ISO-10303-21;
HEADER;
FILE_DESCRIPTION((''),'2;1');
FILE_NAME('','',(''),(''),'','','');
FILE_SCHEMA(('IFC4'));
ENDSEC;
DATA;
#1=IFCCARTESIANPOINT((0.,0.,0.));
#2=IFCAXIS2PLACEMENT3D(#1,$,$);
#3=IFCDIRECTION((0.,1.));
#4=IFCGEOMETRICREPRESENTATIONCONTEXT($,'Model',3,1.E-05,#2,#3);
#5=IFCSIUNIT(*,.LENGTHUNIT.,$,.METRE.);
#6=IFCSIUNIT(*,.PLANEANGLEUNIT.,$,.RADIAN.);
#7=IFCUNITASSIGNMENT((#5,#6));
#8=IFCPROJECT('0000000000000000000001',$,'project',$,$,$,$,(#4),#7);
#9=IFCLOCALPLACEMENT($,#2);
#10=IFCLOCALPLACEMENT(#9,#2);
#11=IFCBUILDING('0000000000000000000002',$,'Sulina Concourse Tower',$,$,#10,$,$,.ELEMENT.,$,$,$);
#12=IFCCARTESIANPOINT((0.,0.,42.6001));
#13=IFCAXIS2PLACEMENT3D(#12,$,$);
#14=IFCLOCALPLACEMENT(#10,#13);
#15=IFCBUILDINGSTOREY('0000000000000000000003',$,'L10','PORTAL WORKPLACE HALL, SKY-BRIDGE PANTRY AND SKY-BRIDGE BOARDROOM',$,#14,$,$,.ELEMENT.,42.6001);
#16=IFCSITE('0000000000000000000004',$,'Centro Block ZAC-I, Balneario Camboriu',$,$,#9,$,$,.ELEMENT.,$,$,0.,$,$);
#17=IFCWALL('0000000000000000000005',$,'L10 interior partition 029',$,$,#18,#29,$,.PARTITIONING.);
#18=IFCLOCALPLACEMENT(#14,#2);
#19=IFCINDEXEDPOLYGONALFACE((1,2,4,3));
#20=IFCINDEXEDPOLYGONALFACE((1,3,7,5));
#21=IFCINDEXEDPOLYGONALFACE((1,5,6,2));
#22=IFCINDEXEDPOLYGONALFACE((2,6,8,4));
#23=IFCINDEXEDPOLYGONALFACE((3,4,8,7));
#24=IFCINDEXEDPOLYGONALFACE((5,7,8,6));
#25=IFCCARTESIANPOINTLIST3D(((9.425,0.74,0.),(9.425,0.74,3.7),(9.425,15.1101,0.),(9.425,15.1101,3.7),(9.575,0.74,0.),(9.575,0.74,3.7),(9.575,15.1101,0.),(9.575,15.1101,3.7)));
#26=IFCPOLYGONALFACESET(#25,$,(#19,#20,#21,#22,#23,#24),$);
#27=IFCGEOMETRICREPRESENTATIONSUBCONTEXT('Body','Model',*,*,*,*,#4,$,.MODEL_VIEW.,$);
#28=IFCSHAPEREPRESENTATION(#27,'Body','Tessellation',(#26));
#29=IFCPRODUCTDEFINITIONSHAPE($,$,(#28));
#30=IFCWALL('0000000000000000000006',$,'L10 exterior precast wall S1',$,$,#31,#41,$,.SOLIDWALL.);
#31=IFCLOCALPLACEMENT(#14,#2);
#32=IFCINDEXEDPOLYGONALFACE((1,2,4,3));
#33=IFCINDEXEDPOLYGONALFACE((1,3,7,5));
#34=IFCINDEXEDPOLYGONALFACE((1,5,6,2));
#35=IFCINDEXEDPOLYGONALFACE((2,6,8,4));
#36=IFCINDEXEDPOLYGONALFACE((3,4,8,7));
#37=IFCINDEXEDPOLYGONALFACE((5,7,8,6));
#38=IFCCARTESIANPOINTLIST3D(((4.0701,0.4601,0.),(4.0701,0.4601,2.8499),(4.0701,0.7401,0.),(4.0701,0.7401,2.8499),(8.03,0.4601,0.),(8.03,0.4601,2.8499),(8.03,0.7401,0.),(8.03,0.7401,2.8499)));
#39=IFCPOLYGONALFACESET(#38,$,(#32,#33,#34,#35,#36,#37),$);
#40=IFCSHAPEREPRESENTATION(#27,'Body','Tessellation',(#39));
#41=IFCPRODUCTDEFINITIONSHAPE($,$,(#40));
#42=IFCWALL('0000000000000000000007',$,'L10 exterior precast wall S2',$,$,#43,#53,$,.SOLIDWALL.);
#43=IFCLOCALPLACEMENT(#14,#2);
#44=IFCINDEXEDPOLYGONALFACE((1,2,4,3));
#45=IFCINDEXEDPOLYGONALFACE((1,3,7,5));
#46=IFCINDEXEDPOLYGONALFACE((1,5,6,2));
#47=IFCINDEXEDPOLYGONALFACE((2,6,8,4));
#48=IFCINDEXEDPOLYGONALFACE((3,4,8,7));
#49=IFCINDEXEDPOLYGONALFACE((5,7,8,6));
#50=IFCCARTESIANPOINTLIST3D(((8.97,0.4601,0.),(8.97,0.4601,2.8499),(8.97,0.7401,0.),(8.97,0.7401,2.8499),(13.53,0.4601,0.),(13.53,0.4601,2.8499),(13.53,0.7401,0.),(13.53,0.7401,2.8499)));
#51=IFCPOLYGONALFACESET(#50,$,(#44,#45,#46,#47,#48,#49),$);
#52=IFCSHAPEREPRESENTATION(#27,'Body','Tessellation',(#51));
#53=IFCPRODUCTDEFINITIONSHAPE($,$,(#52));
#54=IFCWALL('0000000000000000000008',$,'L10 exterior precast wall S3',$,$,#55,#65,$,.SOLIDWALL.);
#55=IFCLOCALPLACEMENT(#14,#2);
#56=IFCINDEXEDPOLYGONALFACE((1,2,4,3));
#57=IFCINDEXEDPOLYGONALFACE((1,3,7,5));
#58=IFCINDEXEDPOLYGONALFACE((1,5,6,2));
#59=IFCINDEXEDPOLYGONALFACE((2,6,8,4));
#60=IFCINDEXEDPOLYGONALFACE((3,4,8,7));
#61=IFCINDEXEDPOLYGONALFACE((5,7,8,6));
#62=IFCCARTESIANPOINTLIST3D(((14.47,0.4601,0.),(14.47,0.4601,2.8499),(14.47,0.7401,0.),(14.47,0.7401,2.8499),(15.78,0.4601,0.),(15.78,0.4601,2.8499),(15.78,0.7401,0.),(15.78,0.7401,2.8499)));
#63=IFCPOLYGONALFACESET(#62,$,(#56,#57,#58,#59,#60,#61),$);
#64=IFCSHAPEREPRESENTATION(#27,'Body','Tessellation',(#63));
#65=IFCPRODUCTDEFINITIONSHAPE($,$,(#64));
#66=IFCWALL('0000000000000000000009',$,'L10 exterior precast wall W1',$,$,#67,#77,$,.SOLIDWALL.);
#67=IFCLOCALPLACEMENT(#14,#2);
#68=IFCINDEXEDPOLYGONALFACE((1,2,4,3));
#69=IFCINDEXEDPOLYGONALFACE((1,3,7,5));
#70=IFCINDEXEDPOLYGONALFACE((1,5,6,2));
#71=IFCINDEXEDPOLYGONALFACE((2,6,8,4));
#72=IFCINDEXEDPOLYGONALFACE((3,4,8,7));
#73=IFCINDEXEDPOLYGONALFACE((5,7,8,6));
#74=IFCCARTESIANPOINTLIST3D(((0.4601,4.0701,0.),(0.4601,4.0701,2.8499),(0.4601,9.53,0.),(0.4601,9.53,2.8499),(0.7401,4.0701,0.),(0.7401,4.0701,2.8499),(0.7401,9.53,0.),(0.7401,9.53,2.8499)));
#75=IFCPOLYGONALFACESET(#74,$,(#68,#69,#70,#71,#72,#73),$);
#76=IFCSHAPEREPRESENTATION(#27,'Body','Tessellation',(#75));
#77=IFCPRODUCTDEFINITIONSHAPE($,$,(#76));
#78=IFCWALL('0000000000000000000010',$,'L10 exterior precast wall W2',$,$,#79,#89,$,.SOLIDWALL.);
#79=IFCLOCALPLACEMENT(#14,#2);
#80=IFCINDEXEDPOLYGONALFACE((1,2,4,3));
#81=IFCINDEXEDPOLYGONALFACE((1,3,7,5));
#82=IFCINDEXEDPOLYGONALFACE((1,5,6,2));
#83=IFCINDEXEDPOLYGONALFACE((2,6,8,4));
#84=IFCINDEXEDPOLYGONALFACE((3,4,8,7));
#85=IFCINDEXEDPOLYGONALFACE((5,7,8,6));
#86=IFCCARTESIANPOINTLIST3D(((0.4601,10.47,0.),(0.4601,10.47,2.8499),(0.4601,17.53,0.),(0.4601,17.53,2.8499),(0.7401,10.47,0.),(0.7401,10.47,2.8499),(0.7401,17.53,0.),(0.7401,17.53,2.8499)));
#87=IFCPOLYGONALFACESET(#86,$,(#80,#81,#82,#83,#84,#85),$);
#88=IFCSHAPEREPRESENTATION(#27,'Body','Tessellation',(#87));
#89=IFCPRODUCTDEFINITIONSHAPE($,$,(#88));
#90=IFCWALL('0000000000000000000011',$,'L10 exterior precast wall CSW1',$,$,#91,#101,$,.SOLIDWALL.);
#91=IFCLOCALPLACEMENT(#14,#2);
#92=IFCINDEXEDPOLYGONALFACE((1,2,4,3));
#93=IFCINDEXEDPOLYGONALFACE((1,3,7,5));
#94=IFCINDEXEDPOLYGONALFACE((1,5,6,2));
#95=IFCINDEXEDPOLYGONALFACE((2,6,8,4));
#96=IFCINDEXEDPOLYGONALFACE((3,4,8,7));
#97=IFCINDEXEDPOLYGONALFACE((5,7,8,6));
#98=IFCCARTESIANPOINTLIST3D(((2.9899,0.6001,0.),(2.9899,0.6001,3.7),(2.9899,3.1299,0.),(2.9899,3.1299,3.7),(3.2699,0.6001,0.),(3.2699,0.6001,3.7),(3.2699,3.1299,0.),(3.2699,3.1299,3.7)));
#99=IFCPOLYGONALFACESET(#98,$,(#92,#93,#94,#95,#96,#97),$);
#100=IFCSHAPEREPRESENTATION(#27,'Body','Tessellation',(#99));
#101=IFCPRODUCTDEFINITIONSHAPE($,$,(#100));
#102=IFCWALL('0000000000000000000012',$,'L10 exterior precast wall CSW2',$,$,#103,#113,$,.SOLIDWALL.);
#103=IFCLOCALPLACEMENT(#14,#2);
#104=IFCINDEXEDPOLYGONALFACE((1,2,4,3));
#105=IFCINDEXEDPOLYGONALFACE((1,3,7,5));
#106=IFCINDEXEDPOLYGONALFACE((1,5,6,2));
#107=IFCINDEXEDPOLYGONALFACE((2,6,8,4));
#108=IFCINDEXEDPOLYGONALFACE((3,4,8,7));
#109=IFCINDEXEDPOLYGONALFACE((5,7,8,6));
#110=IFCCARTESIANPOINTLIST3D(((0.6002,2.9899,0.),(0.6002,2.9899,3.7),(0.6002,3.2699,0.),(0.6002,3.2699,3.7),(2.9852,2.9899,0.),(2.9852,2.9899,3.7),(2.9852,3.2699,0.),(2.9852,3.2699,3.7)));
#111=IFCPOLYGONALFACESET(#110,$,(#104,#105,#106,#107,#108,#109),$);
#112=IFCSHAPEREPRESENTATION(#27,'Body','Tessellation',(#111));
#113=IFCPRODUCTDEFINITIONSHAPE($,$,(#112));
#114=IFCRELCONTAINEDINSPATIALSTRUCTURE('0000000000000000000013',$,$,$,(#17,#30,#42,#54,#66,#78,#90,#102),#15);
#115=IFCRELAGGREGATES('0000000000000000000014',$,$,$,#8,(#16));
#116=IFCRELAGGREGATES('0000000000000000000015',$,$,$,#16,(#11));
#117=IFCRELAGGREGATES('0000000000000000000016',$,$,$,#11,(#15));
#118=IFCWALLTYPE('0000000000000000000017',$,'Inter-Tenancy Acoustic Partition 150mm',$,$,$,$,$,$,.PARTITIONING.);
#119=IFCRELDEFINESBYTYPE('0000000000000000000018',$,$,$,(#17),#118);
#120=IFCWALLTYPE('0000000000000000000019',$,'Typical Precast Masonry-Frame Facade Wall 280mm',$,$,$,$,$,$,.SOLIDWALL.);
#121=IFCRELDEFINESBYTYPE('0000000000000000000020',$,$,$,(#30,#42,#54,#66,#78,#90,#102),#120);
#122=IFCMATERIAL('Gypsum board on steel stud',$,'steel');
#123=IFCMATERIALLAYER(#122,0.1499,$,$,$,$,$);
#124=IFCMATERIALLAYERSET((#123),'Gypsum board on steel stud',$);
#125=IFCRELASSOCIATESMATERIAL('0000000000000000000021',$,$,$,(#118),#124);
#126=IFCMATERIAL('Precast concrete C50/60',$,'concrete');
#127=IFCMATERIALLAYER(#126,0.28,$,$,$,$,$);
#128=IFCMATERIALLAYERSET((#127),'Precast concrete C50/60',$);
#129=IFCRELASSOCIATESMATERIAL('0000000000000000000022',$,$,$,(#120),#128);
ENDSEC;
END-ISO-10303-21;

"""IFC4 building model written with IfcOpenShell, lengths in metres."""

from ifc_helpers import new_model, si_unit, direction, frame, frame_2d, origin, place, context, subcontext, project, spatial, rectangle, extrude, material, layer, layer_set, type_object, element, save


model = new_model("IFC4")

# Units and contexts
model_context = context("Model", 3, precision=1e-05, world=origin(), true_north=direction((0.0, 1.0)))
body_context = subcontext(model_context, "Body", "Model", "MODEL_VIEW")
ifc_project = project(units=[si_unit("LENGTHUNIT", "METRE"), si_unit("PLANEANGLEUNIT", "RADIAN")], contexts=[model_context])

# Site, building, storey
site_placement = place(None, origin())
site = spatial("IfcSite", under=ifc_project, at=site_placement, Name="Centro Block ZAC-I, Balneario Camboriu", CompositionType="ELEMENT", RefElevation=0.0)
building_placement = place(site_placement, origin())
building = spatial("IfcBuilding", under=site, at=building_placement, Name="Sulina Concourse Tower", CompositionType="ELEMENT")
storey_placement = place(building_placement, frame((0.0, 0.0, 42.6001)))
storey = spatial("IfcBuildingStorey", under=building, at=storey_placement, Name="L10", Description="PORTAL WORKPLACE HALL, SKY-BRIDGE PANTRY AND SKY-BRIDGE BOARDROOM", CompositionType="ELEMENT", Elevation=42.6001)

# Walls
ifc_material_1 = material(Name="Gypsum board on steel stud", Category="steel")
ifc_layer_1 = layer(ifc_material_1, 0.1499)
ifc_layer_set_1 = layer_set([ifc_layer_1], Name="Gypsum board on steel stud")
wall_type_1 = type_object("IfcWallType", Name="Inter-Tenancy Acoustic Partition 150mm", PredefinedType="PARTITIONING", material=ifc_layer_set_1)
wall_1_placement = place(storey_placement, frame((9.5, 0.74, 0.0), z_axis=(0.0, 0.0, 1.0), x_axis=(0.0, 1.0, 0.0)))
element("IfcWall", 1, at=wall_1_placement, inside=storey, type_object=wall_type_1, Name="L10 interior partition 029", PredefinedType="PARTITIONING", context=body_context, shape_type="SweptSolid", body=[
    extrude(rectangle(XDim=14.3701, YDim=0.1499, at=frame_2d((7.1851, 0.0))), origin(), (0.0, 0.0, 1.0), 3.7),
])
ifc_material_2 = material(Name="Precast concrete C50/60", Category="concrete")
ifc_layer_2 = layer(ifc_material_2, 0.28)
ifc_layer_set_2 = layer_set([ifc_layer_2], Name="Precast concrete C50/60")
wall_type_2 = type_object("IfcWallType", Name="Typical Precast Masonry-Frame Facade Wall 280mm", PredefinedType="SOLIDWALL", material=ifc_layer_set_2)
wall_2_placement = place(storey_placement, frame((8.03, 0.6001, 0.0), z_axis=(0.0, 0.0, 1.0), x_axis=(-1.0, 0.0, 0.0)))
element("IfcWall", 2, at=wall_2_placement, inside=storey, type_object=wall_type_2, Name="L10 exterior precast wall S1", PredefinedType="SOLIDWALL", context=body_context, shape_type="SweptSolid", body=[
    extrude(rectangle(XDim=3.96, YDim=0.28, at=frame_2d((1.98, 0.0))), origin(), (0.0, 0.0, 1.0), 2.8499),
])
wall_3_placement = place(storey_placement, frame((13.53, 0.6001, 0.0), z_axis=(0.0, 0.0, 1.0), x_axis=(-1.0, 0.0, 0.0)))
element("IfcWall", 3, at=wall_3_placement, inside=storey, type_object=wall_type_2, Name="L10 exterior precast wall S2", PredefinedType="SOLIDWALL", context=body_context, shape_type="SweptSolid", body=[
    extrude(rectangle(XDim=4.5601, YDim=0.28, at=frame_2d((2.28, 0.0))), origin(), (0.0, 0.0, 1.0), 2.8499),
])
wall_4_placement = place(storey_placement, frame((15.78, 0.6001, 0.0), z_axis=(0.0, 0.0, 1.0), x_axis=(-1.0, 0.0, 0.0)))
element("IfcWall", 4, at=wall_4_placement, inside=storey, type_object=wall_type_2, Name="L10 exterior precast wall S3", PredefinedType="SOLIDWALL", context=body_context, shape_type="SweptSolid", body=[
    extrude(rectangle(XDim=1.3101, YDim=0.28, at=frame_2d((0.655, 0.0))), origin(), (0.0, 0.0, 1.0), 2.8499),
])
wall_5_placement = place(storey_placement, frame((0.6001, 4.0701, 0.0), z_axis=(0.0, 0.0, 1.0), x_axis=(0.0, 1.0, 0.0)))
element("IfcWall", 5, at=wall_5_placement, inside=storey, type_object=wall_type_2, Name="L10 exterior precast wall W1", PredefinedType="SOLIDWALL", context=body_context, shape_type="SweptSolid", body=[
    extrude(rectangle(XDim=5.46, YDim=0.28, at=frame_2d((2.73, 0.0))), origin(), (0.0, 0.0, 1.0), 2.8499),
])
wall_6_placement = place(storey_placement, frame((0.6001, 10.47, 0.0), z_axis=(0.0, 0.0, 1.0), x_axis=(0.0, 1.0, 0.0)))
element("IfcWall", 6, at=wall_6_placement, inside=storey, type_object=wall_type_2, Name="L10 exterior precast wall W2", PredefinedType="SOLIDWALL", context=body_context, shape_type="SweptSolid", body=[
    extrude(rectangle(XDim=7.0601, YDim=0.28, at=frame_2d((3.53, 0.0))), origin(), (0.0, 0.0, 1.0), 2.8499),
])
wall_7_placement = place(storey_placement, frame((3.1299, 0.6001, 0.0), z_axis=(0.0, 0.0, 1.0), x_axis=(0.0, 1.0, 0.0)))
element("IfcWall", 7, at=wall_7_placement, inside=storey, type_object=wall_type_2, Name="L10 exterior precast wall CSW1", PredefinedType="SOLIDWALL", context=body_context, shape_type="SweptSolid", body=[
    extrude(rectangle(XDim=2.5298, YDim=0.28, at=frame_2d((1.2649, 0.0))), origin(), (0.0, 0.0, 1.0), 3.7),
])
wall_8_placement = place(storey_placement, frame((2.9851, 3.1299, 0.0), z_axis=(0.0, 0.0, 1.0), x_axis=(-1.0, 0.0, 0.0)))
element("IfcWall", 8, at=wall_8_placement, inside=storey, type_object=wall_type_2, Name="L10 exterior precast wall CSW2", PredefinedType="SOLIDWALL", context=body_context, shape_type="SweptSolid", body=[
    extrude(rectangle(XDim=2.385, YDim=0.28, at=frame_2d((1.1924, 0.0))), origin(), (0.0, 0.0, 1.0), 3.7),
])

save(model, "model.ifc")
